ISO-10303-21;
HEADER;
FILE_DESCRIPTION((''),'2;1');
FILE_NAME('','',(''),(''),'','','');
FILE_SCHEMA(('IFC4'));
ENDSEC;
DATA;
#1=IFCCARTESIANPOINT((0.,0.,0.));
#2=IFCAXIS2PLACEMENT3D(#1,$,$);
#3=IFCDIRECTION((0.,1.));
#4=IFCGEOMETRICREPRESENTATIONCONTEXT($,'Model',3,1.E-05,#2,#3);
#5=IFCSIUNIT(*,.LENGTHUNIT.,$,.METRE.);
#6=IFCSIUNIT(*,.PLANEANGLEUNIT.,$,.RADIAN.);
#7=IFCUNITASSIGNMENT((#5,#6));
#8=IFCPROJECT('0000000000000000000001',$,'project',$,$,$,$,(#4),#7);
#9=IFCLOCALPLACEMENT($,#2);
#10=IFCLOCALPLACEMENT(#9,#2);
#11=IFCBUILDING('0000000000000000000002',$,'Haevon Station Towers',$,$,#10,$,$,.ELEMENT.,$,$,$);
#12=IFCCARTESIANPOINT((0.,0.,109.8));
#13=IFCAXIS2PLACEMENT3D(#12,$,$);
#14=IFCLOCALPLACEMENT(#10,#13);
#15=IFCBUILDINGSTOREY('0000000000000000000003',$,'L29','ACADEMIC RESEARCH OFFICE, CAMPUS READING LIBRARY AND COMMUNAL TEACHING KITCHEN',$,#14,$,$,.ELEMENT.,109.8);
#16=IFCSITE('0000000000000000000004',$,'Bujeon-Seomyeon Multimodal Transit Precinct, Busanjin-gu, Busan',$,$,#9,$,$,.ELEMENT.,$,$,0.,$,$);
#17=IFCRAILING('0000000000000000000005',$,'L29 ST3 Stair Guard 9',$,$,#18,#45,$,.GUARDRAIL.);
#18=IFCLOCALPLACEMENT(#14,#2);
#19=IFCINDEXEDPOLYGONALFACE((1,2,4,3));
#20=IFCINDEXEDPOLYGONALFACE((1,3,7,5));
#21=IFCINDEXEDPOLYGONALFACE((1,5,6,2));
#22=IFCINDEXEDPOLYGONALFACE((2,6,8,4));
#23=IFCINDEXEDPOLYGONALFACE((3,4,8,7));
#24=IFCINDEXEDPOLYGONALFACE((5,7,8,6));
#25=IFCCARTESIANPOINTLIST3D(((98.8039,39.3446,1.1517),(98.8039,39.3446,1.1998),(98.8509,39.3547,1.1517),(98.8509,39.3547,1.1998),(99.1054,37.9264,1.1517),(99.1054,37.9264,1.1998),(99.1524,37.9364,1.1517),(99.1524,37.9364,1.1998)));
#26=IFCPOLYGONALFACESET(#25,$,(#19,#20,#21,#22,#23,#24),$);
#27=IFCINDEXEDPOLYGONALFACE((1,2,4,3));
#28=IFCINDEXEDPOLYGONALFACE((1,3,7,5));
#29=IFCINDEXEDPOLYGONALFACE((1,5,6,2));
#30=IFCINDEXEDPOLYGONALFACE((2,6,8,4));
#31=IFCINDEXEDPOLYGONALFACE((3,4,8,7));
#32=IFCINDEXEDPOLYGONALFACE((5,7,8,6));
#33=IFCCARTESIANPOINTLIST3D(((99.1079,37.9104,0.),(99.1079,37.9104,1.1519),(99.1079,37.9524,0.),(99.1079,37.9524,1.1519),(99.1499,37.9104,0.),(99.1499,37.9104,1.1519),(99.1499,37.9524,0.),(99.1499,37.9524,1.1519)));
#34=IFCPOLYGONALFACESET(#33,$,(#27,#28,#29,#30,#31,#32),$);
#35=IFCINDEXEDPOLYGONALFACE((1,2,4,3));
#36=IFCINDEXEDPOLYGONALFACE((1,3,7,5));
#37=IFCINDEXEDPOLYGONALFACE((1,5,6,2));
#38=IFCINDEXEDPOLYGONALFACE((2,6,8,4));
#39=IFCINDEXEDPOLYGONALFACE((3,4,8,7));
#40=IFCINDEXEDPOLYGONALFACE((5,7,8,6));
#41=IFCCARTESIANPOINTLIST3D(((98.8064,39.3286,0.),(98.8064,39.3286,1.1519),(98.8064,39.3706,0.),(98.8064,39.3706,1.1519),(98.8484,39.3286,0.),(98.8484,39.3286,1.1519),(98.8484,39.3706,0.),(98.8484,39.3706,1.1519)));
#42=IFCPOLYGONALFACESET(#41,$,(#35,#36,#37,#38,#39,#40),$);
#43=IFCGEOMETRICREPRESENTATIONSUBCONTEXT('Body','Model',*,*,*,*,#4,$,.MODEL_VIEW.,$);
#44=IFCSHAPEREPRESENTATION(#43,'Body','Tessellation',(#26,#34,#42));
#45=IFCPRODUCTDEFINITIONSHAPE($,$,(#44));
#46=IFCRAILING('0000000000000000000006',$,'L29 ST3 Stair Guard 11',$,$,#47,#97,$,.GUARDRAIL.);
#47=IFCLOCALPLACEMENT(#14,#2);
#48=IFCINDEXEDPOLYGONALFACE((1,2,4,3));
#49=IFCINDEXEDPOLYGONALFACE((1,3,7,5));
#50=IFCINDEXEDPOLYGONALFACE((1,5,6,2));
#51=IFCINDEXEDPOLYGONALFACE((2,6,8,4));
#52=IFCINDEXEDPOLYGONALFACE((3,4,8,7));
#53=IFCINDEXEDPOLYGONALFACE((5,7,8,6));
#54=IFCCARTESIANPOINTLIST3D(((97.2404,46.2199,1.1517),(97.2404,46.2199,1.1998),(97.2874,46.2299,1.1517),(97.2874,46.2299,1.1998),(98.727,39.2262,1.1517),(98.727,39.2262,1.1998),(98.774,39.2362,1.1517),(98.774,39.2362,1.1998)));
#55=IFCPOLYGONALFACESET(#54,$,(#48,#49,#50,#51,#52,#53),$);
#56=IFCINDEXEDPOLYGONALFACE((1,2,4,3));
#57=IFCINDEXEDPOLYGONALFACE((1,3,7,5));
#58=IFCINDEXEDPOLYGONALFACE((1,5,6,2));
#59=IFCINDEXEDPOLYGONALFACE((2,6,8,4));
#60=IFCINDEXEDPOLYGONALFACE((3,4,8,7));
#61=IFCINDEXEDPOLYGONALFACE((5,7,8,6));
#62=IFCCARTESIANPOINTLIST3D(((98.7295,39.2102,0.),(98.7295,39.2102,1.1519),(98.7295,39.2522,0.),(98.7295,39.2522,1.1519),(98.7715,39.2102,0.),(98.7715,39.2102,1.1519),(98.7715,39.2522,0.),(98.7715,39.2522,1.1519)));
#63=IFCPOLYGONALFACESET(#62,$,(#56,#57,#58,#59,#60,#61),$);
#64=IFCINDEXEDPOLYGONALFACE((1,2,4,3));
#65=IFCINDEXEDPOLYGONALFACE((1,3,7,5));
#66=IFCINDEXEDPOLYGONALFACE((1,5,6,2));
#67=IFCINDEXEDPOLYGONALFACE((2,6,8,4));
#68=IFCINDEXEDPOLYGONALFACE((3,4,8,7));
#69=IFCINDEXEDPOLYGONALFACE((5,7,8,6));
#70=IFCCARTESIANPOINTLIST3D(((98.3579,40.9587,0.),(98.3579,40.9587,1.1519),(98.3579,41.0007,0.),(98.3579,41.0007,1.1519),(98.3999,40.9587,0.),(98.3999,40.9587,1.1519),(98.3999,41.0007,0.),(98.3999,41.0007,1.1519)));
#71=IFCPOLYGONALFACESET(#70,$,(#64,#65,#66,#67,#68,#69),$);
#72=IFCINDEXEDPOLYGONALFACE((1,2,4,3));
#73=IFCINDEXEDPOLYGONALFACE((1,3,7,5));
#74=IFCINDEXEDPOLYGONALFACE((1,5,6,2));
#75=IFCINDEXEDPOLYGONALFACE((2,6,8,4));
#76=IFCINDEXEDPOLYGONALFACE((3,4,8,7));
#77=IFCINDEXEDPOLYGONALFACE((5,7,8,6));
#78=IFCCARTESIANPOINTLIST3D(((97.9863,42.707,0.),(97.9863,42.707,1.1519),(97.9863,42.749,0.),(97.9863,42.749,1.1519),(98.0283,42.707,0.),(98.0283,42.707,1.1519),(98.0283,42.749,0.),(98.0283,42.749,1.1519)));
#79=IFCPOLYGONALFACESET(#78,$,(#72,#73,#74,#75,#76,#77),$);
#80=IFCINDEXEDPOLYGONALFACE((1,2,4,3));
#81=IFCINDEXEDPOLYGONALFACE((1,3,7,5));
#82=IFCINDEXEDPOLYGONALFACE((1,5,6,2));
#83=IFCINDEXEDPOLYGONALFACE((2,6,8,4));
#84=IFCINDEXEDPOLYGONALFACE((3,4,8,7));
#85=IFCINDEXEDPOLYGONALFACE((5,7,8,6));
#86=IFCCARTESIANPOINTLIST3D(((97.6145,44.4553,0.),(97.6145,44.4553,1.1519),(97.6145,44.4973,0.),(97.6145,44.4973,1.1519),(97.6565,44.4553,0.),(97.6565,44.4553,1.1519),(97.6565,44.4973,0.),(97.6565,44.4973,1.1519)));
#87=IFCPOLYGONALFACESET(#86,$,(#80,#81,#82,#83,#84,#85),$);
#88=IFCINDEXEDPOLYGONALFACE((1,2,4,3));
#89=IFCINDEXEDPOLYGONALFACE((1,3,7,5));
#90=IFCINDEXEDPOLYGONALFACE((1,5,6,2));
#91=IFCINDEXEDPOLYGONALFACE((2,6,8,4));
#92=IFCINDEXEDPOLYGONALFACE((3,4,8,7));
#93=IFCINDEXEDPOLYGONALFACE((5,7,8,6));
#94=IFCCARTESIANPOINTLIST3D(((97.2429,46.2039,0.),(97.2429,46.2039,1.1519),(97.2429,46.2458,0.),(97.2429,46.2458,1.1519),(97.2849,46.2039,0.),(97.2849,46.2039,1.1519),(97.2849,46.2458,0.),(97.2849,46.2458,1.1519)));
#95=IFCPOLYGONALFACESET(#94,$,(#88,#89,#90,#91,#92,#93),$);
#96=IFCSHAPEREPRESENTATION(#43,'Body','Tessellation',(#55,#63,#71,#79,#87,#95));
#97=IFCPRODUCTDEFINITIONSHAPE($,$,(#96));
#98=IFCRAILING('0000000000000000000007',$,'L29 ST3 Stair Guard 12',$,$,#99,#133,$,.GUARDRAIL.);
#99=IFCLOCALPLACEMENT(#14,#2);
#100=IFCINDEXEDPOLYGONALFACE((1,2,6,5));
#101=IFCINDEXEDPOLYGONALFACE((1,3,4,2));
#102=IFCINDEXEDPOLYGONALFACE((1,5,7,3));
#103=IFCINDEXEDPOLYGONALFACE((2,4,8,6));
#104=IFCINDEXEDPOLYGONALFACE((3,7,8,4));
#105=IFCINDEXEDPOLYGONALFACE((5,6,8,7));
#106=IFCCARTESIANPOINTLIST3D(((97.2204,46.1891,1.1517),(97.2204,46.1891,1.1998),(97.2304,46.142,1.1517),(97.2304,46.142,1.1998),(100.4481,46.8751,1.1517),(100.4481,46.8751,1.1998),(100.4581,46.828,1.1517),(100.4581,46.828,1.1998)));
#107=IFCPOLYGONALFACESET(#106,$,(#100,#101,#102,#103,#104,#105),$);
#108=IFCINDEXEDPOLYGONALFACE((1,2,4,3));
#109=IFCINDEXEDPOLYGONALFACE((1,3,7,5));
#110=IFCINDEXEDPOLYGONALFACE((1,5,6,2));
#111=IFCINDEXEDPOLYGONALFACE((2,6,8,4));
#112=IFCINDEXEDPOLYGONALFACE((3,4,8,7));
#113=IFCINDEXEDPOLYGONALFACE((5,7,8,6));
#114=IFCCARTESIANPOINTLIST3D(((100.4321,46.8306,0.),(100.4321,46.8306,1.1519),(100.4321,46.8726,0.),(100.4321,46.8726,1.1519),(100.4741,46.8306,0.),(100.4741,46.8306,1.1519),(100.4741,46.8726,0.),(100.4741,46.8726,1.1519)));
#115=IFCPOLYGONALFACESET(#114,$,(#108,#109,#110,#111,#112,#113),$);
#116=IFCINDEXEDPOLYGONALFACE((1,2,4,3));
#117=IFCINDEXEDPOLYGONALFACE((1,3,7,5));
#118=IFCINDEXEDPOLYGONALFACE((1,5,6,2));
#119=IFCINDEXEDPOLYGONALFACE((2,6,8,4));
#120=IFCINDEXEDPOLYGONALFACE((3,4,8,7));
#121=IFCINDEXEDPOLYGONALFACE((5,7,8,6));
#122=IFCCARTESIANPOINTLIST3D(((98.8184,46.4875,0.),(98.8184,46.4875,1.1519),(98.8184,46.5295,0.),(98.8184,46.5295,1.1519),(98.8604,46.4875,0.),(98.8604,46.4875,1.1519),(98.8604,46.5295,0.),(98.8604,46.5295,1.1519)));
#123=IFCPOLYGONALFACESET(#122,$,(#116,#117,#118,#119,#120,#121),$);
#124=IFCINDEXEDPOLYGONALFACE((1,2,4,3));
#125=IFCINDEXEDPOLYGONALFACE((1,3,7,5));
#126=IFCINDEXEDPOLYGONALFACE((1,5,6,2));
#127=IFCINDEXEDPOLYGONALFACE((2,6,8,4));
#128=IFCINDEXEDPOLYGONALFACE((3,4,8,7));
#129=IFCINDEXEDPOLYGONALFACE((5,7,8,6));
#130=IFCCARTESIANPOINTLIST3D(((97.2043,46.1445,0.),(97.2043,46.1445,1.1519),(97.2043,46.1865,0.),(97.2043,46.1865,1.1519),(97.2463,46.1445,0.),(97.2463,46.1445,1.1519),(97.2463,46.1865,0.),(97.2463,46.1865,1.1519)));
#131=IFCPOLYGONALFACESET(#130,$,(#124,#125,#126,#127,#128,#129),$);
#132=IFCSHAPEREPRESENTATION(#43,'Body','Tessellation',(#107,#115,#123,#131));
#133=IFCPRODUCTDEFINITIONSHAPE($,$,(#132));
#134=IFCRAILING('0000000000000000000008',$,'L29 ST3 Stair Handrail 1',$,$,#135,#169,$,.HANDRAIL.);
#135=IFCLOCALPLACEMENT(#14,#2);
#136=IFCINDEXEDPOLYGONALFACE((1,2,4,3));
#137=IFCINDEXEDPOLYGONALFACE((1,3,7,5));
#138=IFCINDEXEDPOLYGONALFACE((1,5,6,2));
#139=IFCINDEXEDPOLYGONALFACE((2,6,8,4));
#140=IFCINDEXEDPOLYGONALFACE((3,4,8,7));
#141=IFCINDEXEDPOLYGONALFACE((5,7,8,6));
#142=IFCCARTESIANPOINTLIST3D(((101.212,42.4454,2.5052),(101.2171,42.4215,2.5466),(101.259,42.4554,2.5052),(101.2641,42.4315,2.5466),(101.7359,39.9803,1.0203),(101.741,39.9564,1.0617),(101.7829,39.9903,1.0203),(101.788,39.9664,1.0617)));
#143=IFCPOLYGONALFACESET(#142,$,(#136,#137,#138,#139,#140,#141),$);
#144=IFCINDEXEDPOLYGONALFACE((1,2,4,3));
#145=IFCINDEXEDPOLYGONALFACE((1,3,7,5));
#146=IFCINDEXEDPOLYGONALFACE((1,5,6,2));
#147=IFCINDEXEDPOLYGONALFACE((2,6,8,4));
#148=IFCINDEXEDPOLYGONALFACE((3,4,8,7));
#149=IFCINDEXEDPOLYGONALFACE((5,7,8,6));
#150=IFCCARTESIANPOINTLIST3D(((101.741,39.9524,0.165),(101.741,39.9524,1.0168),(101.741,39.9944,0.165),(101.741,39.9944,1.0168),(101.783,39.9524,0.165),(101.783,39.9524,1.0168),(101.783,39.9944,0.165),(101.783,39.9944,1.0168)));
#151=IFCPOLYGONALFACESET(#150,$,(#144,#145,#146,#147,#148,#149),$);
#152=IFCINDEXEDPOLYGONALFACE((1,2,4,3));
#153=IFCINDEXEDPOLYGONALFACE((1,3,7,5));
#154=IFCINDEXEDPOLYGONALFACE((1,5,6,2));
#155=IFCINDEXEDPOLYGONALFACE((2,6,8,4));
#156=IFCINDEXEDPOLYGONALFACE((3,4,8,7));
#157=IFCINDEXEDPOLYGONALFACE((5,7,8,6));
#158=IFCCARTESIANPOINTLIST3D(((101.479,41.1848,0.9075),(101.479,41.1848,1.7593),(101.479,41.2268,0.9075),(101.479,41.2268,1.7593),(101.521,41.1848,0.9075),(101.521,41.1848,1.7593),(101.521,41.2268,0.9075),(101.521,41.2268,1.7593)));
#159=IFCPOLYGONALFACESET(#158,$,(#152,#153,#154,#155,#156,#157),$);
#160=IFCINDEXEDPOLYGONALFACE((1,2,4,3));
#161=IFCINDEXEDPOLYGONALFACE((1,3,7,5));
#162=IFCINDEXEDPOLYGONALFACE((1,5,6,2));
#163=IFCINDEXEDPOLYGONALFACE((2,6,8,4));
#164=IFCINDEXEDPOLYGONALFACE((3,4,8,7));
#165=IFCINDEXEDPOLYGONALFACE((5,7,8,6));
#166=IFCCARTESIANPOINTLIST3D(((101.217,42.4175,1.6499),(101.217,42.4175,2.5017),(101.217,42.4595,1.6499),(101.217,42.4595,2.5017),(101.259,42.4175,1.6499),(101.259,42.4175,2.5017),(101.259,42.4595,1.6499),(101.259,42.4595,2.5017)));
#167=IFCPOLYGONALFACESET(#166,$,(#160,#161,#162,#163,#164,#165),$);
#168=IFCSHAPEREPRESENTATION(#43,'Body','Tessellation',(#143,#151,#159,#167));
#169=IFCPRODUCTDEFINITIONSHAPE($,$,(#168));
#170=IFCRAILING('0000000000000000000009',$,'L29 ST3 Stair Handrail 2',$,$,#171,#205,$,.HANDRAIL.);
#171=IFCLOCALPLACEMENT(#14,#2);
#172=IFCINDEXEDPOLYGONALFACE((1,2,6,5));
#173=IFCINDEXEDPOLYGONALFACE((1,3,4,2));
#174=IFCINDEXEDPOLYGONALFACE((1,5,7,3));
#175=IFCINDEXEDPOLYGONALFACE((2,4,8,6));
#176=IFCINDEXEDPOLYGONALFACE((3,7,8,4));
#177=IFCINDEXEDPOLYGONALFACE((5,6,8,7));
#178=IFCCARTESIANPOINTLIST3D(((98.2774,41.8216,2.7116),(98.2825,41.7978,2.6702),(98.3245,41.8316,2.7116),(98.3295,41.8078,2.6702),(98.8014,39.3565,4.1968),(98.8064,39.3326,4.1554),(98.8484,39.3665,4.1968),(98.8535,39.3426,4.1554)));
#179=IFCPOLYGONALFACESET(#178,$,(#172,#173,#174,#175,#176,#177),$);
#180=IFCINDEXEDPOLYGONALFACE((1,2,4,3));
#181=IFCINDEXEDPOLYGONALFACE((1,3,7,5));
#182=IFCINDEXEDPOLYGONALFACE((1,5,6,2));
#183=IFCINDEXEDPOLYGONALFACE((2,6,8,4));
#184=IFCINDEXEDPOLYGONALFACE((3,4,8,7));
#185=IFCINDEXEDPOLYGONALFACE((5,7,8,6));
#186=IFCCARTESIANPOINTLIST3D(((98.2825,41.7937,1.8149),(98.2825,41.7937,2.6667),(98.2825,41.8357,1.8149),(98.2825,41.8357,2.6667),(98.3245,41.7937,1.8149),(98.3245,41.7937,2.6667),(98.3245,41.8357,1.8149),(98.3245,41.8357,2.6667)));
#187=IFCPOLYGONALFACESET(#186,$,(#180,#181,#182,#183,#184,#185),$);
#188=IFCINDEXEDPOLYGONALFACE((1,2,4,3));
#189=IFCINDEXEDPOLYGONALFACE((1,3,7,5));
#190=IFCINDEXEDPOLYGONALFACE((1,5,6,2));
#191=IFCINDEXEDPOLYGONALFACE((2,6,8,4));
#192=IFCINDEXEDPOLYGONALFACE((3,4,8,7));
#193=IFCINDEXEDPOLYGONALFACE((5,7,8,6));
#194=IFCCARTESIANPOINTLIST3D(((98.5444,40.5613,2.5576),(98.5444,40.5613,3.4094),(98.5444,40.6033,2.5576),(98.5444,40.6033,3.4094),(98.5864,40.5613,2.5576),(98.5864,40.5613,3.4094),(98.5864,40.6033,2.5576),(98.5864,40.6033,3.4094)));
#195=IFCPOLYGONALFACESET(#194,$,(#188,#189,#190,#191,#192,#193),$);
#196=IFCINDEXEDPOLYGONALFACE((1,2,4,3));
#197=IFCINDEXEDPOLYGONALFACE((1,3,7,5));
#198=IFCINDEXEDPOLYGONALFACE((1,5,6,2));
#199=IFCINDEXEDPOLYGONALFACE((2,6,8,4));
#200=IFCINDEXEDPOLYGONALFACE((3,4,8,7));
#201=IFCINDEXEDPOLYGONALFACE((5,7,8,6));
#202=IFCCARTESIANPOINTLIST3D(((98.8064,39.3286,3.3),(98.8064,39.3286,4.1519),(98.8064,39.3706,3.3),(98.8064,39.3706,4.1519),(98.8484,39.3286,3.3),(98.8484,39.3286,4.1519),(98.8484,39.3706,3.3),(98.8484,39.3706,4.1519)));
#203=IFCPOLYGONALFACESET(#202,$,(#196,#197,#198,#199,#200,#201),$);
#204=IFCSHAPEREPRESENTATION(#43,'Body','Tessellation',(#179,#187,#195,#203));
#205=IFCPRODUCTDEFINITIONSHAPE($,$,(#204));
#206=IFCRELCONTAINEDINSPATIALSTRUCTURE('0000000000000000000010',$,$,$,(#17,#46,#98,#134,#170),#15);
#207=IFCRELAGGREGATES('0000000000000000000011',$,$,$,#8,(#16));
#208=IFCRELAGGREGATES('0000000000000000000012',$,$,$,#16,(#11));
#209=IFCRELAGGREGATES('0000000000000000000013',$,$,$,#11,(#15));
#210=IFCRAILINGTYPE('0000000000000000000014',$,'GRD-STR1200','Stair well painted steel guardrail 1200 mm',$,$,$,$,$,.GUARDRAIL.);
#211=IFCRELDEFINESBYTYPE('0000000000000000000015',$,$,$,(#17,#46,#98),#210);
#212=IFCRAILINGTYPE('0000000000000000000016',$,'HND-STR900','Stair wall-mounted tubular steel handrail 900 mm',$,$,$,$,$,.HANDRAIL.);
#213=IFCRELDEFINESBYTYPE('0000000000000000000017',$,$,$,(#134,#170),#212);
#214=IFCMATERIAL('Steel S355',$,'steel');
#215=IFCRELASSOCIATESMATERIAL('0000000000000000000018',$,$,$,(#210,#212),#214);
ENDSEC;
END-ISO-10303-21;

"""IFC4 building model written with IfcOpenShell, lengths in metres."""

from ifc_helpers import new_model, si_unit, direction, frame, origin, origin_2d, place, context, subcontext, project, spatial, rectangle, extrude, material, type_object, element, save


model = new_model("IFC4")

# Units and contexts
model_context = context("Model", 3, precision=1e-05, world=origin(), true_north=direction((0.0, 1.0)))
body_context = subcontext(model_context, "Body", "Model", "MODEL_VIEW")
ifc_project = project(units=[si_unit("LENGTHUNIT", "METRE"), si_unit("PLANEANGLEUNIT", "RADIAN")], contexts=[model_context])

# Site, building, storey
site_placement = place(None, origin())
site = spatial("IfcSite", under=ifc_project, at=site_placement, Name="Bujeon-Seomyeon Multimodal Transit Precinct, Busanjin-gu, Busan", CompositionType="ELEMENT", RefElevation=0.0)
building_placement = place(site_placement, origin())
building = spatial("IfcBuilding", under=site, at=building_placement, Name="Haevon Station Towers", CompositionType="ELEMENT")
storey_placement = place(building_placement, frame((0.0, 0.0, 109.8)))
storey = spatial("IfcBuildingStorey", under=building, at=storey_placement, Name="L29", Description="ACADEMIC RESEARCH OFFICE, CAMPUS READING LIBRARY AND COMMUNAL TEACHING KITCHEN", CompositionType="ELEMENT", Elevation=109.8)

# Shared definitions
ifc_material_1 = material(Name="Steel S355", Category="steel")

# Railings
railing_type_1 = type_object("IfcRailingType", Name="GRD-STR1200", Description="Stair well painted steel guardrail 1200 mm", PredefinedType="GUARDRAIL", material=ifc_material_1)
railing_1_placement = place(storey_placement, frame((99.1289, 37.9314, 0.0)))
element("IfcRailing", 1, at=railing_1_placement, inside=storey, type_object=railing_type_1, Name="L29 ST3 Stair Guard 9", PredefinedType="GUARDRAIL", context=body_context, shape_type="SweptSolid", body=[
    extrude(rectangle(XDim=0.0481, YDim=0.0481, at=origin_2d()), frame((0.0, 0.0, 1.1758), z_axis=(-0.207953, 0.978139, 0.0), x_axis=(-0.978139, -0.207953, 0.0)), (0.0, 0.0, 1.0), 1.45),
    extrude(rectangle(XDim=0.042, YDim=0.042, at=origin_2d()), origin(), (0.0, 0.0, 1.0), 1.1519),
    extrude(rectangle(XDim=0.042, YDim=0.042, at=origin_2d()), frame((-0.3015, 1.4182, 0.0)), (0.0, 0.0, 1.0), 1.1519),
])
railing_2_placement = place(storey_placement, frame((98.7505, 39.2312, 0.0)))
element("IfcRailing", 2, at=railing_2_placement, inside=storey, type_object=railing_type_1, Name="L29 ST3 Stair Guard 11", PredefinedType="GUARDRAIL", context=body_context, shape_type="SweptSolid", body=[
    extrude(rectangle(XDim=0.0481, YDim=0.0481, at=origin_2d()), frame((0.0, 0.0, 1.1758), z_axis=(-0.207915, 0.978147, 0.0), x_axis=(-0.978147, -0.207915, 0.0)), (0.0, 0.0, 1.0), 7.1499),
    extrude(rectangle(XDim=0.042, YDim=0.042, at=origin_2d()), origin(), (0.0, 0.0, 1.0), 1.1519),
    extrude(rectangle(XDim=0.042, YDim=0.042, at=origin_2d()), frame((-0.3716, 1.7485, 0.0)), (0.0, 0.0, 1.0), 1.1519),
    extrude(rectangle(XDim=0.042, YDim=0.042, at=origin_2d()), frame((-0.7432, 3.4968, 0.0)), (0.0, 0.0, 1.0), 1.1519),
    extrude(rectangle(XDim=0.042, YDim=0.042, at=origin_2d()), frame((-1.115, 5.2451, 0.0)), (0.0, 0.0, 1.0), 1.1519),
    extrude(rectangle(XDim=0.042, YDim=0.042, at=origin_2d()), frame((-1.4866, 6.9937, 0.0)), (0.0, 0.0, 1.0), 1.1519),
])
railing_3_placement = place(storey_placement, frame((100.4531, 46.8516, 0.0)))
element("IfcRailing", 3, at=railing_3_placement, inside=storey, type_object=railing_type_1, Name="L29 ST3 Stair Guard 12", PredefinedType="GUARDRAIL", context=body_context, shape_type="SweptSolid", body=[
    extrude(rectangle(XDim=0.0481, YDim=0.0481, at=origin_2d()), frame((0.0, 0.0, 1.1758), z_axis=(-0.978151, -0.207897, 0.0), x_axis=(0.207897, -0.978151, 0.0)), (0.0, 0.0, 1.0), 3.2998),
    extrude(rectangle(XDim=0.042, YDim=0.042, at=origin_2d()), origin(), (0.0, 0.0, 1.0), 1.1519),
    extrude(rectangle(XDim=0.042, YDim=0.042, at=origin_2d()), frame((-1.6138, -0.343, 0.0)), (0.0, 0.0, 1.0), 1.1519),
    extrude(rectangle(XDim=0.042, YDim=0.042, at=origin_2d()), frame((-3.2278, -0.686, 0.0)), (0.0, 0.0, 1.0), 1.1519),
])
railing_type_2 = type_object("IfcRailingType", Name="HND-STR900", Description="Stair wall-mounted tubular steel handrail 900 mm", PredefinedType="HANDRAIL", material=ifc_material_1)
railing_4_placement = place(storey_placement, frame((101.762, 39.9734, 0.165)))
element("IfcRailing", 4, at=railing_4_placement, inside=storey, type_object=railing_type_2, Name="L29 ST3 Stair Handrail 1", PredefinedType="HANDRAIL", context=body_context, shape_type="SweptSolid", body=[
    extrude(rectangle(XDim=0.0481, YDim=0.0481, at=origin_2d()), frame((0.0, 0.0, 0.876), z_axis=(-0.179116, 0.842748, 0.507635), x_axis=(-0.978151, -0.207895, 0.0)), (0.0, 0.0, 1.0), 2.925),
    extrude(rectangle(XDim=0.042, YDim=0.042, at=origin_2d()), origin(), (0.0, 0.0, 1.0), 0.8518),
    extrude(rectangle(XDim=0.042, YDim=0.042, at=origin_2d()), frame((-0.262, 1.2324, 0.7424)), (0.0, 0.0, 1.0), 0.8518),
    extrude(rectangle(XDim=0.042, YDim=0.042, at=origin_2d()), frame((-0.5239, 2.4651, 1.4849)), (0.0, 0.0, 1.0), 0.8518),
])
railing_5_placement = place(storey_placement, frame((98.3035, 41.8147, 1.8149)))
element("IfcRailing", 5, at=railing_5_placement, inside=storey, type_object=railing_type_2, Name="L29 ST3 Stair Handrail 2", PredefinedType="HANDRAIL", context=body_context, shape_type="SweptSolid", body=[
    extrude(rectangle(XDim=0.0481, YDim=0.0481, at=origin_2d()), frame((0.0, 0.0, 0.876), z_axis=(0.179109, -0.842712, 0.507697), x_axis=(0.978151, 0.207895, 0.0)), (0.0, 0.0, 1.0), 2.9253),
    extrude(rectangle(XDim=0.042, YDim=0.042, at=origin_2d()), origin(), (0.0, 0.0, 1.0), 0.8518),
    extrude(rectangle(XDim=0.042, YDim=0.042, at=origin_2d()), frame((0.262, -1.2324, 0.7427)), (0.0, 0.0, 1.0), 0.8518),
    extrude(rectangle(XDim=0.042, YDim=0.042, at=origin_2d()), frame((0.5239, -2.4651, 1.4851)), (0.0, 0.0, 1.0), 0.8518),
])

save(model, "model.ifc")
